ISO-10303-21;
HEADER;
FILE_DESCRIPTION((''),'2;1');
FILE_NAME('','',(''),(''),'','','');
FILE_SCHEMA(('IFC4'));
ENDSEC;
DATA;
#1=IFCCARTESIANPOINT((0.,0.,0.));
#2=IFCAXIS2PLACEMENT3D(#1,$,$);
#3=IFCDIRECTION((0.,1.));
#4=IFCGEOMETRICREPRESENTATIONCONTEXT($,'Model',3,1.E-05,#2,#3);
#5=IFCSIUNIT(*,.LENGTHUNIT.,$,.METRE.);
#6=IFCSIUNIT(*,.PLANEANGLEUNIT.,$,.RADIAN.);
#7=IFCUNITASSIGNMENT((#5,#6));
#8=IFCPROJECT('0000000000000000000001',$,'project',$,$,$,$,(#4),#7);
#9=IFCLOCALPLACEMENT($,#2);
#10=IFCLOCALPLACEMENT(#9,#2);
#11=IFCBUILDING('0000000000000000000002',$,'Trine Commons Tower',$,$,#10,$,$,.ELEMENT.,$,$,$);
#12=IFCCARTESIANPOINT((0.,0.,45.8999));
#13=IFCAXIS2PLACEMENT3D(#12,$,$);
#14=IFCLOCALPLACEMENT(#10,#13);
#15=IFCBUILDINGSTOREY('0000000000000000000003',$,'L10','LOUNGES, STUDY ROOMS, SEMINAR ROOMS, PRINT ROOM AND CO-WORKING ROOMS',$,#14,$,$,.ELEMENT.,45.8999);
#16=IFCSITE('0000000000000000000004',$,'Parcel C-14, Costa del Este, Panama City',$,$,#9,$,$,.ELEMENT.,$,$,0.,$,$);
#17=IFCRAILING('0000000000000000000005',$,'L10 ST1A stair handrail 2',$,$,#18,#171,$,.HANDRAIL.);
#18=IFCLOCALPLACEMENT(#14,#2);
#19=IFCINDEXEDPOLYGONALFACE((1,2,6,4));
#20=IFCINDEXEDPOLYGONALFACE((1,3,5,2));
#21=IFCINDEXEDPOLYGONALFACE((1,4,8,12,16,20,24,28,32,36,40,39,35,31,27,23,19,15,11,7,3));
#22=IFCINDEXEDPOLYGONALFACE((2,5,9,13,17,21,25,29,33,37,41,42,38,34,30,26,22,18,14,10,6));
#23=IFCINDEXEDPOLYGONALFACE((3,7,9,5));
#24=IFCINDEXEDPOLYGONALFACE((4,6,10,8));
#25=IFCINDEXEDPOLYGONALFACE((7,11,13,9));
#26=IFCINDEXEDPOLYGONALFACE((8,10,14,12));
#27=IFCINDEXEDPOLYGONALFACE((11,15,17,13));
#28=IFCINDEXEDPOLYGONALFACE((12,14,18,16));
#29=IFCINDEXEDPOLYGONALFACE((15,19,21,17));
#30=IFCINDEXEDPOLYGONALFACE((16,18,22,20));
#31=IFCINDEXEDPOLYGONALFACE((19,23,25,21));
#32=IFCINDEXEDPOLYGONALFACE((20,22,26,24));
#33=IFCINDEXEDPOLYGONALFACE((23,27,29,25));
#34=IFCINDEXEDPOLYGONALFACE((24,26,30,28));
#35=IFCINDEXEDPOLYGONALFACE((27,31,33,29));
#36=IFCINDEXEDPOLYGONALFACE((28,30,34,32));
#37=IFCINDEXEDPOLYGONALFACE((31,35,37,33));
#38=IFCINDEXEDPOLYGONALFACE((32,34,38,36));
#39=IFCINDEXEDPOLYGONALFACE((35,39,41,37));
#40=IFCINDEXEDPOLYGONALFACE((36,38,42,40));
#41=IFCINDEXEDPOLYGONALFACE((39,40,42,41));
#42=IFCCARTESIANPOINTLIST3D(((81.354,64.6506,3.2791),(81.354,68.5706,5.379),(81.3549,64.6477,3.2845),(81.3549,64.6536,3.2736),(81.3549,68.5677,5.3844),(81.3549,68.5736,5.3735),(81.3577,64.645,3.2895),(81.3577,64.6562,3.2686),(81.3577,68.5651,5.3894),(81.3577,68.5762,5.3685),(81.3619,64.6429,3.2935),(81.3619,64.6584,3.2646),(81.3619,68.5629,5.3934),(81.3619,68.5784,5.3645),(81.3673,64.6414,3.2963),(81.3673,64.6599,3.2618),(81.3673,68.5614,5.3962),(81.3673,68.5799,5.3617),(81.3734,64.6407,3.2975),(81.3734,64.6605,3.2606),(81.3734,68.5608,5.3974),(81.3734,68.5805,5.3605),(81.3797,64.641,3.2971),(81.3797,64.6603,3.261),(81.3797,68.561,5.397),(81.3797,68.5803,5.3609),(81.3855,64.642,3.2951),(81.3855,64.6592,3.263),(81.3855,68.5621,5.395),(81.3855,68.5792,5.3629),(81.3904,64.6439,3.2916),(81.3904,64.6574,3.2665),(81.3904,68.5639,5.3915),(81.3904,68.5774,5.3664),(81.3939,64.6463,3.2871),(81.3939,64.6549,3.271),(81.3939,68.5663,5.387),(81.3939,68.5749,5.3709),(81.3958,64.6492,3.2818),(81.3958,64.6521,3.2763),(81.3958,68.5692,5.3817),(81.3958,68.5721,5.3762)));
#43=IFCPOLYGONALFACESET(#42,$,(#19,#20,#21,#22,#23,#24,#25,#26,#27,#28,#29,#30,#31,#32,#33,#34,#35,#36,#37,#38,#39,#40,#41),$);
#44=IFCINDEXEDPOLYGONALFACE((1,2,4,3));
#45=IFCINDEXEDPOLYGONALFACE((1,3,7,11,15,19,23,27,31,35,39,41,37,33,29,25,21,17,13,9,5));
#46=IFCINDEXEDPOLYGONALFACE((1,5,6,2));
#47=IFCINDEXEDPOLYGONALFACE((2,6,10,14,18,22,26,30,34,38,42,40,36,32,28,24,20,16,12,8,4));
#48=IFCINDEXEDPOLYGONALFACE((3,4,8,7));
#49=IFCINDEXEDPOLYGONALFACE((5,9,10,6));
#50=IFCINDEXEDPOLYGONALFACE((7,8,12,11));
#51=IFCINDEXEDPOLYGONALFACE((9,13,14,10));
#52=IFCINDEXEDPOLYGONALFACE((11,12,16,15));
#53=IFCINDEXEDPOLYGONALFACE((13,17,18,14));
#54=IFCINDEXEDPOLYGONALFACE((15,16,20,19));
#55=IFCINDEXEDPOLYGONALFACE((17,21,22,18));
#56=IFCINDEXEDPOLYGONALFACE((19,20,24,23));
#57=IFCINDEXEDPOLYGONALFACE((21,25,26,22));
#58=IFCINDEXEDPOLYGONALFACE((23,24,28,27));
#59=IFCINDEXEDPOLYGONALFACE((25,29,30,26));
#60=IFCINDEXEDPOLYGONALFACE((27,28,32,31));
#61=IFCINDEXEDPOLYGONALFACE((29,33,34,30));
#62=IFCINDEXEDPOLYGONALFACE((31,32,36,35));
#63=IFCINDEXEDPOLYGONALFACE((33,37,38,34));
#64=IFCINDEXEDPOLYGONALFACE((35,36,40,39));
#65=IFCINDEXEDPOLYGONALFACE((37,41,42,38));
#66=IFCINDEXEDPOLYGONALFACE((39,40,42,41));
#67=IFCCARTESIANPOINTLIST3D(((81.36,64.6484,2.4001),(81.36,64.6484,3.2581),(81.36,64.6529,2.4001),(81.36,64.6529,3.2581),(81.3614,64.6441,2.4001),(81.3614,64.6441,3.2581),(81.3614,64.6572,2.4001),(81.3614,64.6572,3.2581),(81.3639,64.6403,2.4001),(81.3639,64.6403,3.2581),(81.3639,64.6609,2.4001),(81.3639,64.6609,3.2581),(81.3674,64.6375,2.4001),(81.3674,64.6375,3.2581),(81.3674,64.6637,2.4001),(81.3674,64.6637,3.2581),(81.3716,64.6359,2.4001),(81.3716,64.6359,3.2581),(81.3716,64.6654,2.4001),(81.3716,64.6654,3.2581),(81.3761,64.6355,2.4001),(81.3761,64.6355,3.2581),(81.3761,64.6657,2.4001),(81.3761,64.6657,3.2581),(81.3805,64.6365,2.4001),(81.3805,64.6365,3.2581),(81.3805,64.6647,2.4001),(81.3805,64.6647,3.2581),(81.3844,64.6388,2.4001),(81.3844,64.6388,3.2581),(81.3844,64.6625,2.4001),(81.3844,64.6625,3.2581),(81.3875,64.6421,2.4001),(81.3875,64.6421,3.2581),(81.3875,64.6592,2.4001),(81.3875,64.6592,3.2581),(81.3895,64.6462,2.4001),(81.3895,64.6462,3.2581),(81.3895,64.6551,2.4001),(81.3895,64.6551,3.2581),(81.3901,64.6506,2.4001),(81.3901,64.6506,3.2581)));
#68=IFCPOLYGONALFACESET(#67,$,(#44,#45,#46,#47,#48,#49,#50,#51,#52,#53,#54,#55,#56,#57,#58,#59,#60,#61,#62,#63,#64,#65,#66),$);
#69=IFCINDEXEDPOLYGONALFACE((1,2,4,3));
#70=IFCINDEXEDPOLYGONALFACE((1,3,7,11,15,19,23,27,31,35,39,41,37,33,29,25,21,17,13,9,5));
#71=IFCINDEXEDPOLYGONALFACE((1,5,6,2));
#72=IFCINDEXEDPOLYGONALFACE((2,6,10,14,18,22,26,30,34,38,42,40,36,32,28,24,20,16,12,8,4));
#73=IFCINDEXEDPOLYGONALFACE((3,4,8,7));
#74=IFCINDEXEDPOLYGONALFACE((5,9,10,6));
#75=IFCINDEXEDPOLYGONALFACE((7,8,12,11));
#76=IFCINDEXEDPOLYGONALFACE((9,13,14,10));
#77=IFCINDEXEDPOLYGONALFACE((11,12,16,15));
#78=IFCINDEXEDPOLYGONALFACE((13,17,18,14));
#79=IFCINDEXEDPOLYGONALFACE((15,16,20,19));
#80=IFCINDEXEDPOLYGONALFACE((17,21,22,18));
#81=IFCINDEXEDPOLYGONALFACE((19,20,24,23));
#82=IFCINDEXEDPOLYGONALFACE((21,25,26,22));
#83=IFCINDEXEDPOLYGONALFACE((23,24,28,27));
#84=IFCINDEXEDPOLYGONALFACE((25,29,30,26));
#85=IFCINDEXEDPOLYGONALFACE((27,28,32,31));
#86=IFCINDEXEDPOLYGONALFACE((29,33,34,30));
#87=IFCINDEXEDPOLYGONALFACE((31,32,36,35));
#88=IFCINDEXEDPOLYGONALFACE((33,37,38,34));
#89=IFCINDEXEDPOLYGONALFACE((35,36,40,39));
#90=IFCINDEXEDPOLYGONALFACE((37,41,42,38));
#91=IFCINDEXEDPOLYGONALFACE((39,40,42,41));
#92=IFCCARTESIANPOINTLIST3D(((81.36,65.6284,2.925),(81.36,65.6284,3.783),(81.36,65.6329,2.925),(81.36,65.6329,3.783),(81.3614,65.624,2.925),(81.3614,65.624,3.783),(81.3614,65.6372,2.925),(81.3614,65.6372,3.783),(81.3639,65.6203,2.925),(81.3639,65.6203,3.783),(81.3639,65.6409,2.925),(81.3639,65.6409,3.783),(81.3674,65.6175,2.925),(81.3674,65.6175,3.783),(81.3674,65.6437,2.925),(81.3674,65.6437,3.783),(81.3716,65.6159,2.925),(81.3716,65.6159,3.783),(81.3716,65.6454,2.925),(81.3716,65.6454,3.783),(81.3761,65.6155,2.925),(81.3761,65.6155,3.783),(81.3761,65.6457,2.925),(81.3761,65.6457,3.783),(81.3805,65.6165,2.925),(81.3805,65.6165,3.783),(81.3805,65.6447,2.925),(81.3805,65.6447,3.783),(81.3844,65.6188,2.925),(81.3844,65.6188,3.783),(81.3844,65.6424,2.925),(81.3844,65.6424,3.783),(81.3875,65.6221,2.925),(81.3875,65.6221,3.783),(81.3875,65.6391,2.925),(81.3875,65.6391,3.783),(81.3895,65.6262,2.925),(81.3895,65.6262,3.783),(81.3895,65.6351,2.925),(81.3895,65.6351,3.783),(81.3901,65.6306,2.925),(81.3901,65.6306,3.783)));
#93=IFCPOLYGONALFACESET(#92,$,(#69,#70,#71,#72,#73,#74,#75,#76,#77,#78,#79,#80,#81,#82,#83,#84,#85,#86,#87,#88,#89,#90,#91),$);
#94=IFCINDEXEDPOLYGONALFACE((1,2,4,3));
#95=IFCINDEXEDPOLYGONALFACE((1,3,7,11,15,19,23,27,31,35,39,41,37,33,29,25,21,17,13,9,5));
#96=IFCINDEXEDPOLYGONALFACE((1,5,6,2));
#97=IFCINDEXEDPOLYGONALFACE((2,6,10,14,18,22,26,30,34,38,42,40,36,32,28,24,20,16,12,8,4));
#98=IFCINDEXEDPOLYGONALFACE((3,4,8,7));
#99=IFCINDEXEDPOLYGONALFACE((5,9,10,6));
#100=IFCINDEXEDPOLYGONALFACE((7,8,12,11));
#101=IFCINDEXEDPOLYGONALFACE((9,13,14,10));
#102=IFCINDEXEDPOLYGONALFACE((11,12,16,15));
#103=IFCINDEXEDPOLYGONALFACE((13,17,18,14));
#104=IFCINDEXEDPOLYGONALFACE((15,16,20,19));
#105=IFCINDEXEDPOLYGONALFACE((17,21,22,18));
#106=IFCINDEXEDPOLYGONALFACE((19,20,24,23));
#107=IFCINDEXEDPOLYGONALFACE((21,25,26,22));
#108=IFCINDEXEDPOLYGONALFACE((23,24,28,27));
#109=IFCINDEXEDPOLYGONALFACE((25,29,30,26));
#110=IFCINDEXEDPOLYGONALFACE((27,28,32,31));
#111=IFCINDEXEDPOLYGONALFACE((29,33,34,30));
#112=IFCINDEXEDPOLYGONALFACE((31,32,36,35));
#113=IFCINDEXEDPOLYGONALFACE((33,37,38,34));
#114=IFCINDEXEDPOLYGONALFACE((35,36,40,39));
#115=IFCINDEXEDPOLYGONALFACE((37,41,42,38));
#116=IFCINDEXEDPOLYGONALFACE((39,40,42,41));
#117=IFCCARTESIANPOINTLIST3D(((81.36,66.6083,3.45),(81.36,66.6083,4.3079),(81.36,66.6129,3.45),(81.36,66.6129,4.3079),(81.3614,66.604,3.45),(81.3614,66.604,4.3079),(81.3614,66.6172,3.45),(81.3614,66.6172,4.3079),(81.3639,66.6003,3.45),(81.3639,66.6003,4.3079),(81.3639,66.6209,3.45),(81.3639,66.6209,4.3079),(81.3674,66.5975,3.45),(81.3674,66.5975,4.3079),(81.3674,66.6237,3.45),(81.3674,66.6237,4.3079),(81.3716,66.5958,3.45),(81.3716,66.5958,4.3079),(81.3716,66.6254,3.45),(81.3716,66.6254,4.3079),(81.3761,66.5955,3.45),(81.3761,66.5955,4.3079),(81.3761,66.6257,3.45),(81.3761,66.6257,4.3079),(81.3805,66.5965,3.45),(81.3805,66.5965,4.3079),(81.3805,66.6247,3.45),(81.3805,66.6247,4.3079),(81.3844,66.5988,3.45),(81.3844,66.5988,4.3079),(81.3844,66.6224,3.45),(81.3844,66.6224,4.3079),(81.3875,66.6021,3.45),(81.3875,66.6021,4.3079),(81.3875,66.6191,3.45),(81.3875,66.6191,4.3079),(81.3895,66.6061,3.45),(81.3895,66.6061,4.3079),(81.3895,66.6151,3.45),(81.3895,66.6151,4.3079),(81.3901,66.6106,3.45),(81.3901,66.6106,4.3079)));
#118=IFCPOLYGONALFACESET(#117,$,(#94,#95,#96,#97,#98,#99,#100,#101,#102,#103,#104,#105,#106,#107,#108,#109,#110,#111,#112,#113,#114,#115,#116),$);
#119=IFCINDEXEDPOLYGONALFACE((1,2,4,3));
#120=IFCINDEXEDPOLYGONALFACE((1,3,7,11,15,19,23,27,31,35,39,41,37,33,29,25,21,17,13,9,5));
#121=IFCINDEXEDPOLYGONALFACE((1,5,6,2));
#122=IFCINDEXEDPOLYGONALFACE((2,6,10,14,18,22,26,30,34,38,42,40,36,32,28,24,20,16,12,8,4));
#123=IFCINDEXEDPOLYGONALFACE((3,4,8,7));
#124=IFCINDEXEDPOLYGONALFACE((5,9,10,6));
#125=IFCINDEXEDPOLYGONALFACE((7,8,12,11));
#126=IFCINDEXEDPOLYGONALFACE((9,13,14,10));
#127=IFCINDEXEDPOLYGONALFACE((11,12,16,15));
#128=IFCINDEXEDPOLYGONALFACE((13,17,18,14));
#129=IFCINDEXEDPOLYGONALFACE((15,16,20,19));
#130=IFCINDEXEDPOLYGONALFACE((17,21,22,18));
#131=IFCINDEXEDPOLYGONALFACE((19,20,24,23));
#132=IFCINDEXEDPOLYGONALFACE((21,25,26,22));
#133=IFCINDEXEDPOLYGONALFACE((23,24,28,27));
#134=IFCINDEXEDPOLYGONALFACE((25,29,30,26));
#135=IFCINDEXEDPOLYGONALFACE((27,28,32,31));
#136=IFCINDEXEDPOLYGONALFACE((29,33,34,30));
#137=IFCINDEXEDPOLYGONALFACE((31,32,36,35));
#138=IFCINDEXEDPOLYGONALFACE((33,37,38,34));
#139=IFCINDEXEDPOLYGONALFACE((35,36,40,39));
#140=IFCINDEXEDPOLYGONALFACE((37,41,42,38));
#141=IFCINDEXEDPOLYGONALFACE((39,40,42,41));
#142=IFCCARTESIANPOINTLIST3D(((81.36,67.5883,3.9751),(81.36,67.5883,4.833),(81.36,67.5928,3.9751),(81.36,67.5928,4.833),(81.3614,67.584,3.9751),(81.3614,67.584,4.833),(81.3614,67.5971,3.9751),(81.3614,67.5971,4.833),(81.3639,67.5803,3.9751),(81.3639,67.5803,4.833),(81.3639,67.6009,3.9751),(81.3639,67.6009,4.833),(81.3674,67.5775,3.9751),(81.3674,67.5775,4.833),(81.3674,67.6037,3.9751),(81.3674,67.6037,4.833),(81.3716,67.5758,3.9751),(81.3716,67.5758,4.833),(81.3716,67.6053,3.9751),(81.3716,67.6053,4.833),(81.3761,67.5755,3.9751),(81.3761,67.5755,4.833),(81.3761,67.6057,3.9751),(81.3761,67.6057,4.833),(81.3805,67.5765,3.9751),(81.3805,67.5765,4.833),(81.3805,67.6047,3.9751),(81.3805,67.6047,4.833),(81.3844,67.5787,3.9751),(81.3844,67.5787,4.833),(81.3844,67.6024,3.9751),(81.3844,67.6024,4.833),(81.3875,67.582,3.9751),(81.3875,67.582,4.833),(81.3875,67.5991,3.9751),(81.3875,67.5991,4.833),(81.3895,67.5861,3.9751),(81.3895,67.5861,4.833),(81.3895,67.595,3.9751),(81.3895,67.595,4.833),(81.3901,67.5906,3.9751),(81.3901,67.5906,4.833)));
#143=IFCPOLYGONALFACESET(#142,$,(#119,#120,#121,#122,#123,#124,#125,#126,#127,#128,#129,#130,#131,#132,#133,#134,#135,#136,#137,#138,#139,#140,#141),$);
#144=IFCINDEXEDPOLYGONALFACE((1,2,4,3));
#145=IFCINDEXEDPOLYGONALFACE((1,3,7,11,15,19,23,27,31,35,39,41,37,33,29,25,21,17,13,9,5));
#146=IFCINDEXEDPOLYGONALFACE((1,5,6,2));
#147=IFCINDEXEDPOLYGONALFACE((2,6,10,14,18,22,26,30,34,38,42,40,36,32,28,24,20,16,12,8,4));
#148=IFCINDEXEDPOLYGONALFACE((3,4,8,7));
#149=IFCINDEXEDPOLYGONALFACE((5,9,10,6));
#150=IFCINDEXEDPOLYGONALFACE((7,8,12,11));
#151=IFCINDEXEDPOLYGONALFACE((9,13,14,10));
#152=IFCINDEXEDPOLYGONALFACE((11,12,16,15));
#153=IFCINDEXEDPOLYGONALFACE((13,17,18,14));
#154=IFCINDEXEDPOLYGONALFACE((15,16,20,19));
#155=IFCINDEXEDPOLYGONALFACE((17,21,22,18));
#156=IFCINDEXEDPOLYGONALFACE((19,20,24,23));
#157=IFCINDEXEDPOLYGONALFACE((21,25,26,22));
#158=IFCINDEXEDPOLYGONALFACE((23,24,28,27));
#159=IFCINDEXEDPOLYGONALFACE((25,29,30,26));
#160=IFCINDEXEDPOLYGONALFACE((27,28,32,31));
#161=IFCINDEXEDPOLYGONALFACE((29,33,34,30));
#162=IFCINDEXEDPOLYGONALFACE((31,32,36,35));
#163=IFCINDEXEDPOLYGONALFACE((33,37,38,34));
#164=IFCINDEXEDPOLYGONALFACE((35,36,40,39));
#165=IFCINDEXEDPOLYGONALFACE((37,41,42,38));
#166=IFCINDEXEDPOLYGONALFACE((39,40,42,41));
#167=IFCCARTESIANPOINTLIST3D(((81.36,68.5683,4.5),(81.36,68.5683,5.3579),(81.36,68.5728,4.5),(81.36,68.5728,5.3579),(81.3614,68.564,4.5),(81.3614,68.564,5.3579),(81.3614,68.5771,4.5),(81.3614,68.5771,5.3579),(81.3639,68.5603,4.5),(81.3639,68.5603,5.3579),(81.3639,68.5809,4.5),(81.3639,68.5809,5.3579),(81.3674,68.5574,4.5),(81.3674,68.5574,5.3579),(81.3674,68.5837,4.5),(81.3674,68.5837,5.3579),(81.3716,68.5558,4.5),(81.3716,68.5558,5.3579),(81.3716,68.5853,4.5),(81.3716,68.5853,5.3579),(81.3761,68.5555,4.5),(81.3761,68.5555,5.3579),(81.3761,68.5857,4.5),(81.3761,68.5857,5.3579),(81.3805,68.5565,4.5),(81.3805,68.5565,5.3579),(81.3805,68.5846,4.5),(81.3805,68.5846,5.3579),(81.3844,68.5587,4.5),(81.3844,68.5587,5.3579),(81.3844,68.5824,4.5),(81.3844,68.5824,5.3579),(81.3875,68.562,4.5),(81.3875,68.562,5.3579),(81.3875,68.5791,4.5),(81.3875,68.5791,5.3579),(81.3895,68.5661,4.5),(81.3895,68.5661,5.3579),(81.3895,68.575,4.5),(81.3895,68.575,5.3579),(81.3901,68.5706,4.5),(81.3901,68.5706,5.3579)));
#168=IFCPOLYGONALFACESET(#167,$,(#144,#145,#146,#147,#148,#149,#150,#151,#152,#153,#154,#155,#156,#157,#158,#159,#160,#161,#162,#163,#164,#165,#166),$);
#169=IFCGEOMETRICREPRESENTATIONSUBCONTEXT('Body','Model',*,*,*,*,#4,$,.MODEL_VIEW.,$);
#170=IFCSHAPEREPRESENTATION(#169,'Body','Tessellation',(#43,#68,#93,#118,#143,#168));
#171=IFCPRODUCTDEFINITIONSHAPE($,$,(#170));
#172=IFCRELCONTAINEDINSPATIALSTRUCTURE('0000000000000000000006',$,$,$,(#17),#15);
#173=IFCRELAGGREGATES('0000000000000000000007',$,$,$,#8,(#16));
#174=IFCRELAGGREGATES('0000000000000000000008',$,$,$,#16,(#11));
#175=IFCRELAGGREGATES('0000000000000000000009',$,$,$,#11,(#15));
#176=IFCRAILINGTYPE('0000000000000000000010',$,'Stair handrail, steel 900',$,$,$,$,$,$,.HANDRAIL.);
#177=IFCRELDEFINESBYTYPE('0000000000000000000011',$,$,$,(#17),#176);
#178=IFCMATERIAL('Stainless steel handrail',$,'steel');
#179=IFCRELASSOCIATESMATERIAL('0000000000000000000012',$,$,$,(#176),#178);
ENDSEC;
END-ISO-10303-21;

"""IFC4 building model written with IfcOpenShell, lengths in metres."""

from ifc_helpers import new_model, si_unit, direction, frame, origin, origin_2d, place, context, subcontext, project, spatial, circle, extrude, material, type_object, element, save


model = new_model("IFC4")

# Units and contexts
model_context = context("Model", 3, precision=1e-05, world=origin(), true_north=direction((0.0, 1.0)))
body_context = subcontext(model_context, "Body", "Model", "MODEL_VIEW")
ifc_project = project(units=[si_unit("LENGTHUNIT", "METRE"), si_unit("PLANEANGLEUNIT", "RADIAN")], contexts=[model_context])

# Site, building, storey
site_placement = place(None, origin())
site = spatial("IfcSite", under=ifc_project, at=site_placement, Name="Parcel C-14, Costa del Este, Panama City", CompositionType="ELEMENT", RefElevation=0.0)
building_placement = place(site_placement, origin())
building = spatial("IfcBuilding", under=site, at=building_placement, Name="Trine Commons Tower", CompositionType="ELEMENT")
storey_placement = place(building_placement, frame((0.0, 0.0, 45.8999)))
storey = spatial("IfcBuildingStorey", under=building, at=storey_placement, Name="L10", Description="LOUNGES, STUDY ROOMS, SEMINAR ROOMS, PRINT ROOM AND CO-WORKING ROOMS", CompositionType="ELEMENT", Elevation=45.8999)

# Railing
ifc_material_1 = material(Name="Stainless steel handrail", Category="steel")
railing_type_1 = type_object("IfcRailingType", Name="Stair handrail, steel 900", PredefinedType="HANDRAIL", material=ifc_material_1)
railing_1_placement = place(storey_placement, frame((81.375, 64.6506, 2.4001)))
element("IfcRailing", 1, at=railing_1_placement, inside=storey, type_object=railing_type_1, Name="L10 ST1A stair handrail 2", PredefinedType="HANDRAIL", context=body_context, shape_type="SweptSolid", body=[
    extrude(circle(Radius=0.021, at=origin_2d()), frame((0.0, 0.0, 0.8789), z_axis=(0.0, 0.88149, 0.472203), x_axis=(-1.0, 0.0, 0.0)), (0.0, 0.0, 1.0), 4.447),
    extrude(circle(Radius=0.0151, at=origin_2d()), origin(), (0.0, 0.0, 1.0), 0.8579),
    extrude(circle(Radius=0.0151, at=origin_2d()), frame((0.0, 0.98, 0.5249)), (0.0, 0.0, 1.0), 0.8579),
    extrude(circle(Radius=0.0151, at=origin_2d()), frame((0.0, 1.96, 1.0498)), (0.0, 0.0, 1.0), 0.8579),
    extrude(circle(Radius=0.0151, at=origin_2d()), frame((0.0, 2.9399, 1.575)), (0.0, 0.0, 1.0), 0.8579),
    extrude(circle(Radius=0.0151, at=origin_2d()), frame((0.0, 3.9199, 2.0999)), (0.0, 0.0, 1.0), 0.8579),
])

save(model, "model.ifc")
